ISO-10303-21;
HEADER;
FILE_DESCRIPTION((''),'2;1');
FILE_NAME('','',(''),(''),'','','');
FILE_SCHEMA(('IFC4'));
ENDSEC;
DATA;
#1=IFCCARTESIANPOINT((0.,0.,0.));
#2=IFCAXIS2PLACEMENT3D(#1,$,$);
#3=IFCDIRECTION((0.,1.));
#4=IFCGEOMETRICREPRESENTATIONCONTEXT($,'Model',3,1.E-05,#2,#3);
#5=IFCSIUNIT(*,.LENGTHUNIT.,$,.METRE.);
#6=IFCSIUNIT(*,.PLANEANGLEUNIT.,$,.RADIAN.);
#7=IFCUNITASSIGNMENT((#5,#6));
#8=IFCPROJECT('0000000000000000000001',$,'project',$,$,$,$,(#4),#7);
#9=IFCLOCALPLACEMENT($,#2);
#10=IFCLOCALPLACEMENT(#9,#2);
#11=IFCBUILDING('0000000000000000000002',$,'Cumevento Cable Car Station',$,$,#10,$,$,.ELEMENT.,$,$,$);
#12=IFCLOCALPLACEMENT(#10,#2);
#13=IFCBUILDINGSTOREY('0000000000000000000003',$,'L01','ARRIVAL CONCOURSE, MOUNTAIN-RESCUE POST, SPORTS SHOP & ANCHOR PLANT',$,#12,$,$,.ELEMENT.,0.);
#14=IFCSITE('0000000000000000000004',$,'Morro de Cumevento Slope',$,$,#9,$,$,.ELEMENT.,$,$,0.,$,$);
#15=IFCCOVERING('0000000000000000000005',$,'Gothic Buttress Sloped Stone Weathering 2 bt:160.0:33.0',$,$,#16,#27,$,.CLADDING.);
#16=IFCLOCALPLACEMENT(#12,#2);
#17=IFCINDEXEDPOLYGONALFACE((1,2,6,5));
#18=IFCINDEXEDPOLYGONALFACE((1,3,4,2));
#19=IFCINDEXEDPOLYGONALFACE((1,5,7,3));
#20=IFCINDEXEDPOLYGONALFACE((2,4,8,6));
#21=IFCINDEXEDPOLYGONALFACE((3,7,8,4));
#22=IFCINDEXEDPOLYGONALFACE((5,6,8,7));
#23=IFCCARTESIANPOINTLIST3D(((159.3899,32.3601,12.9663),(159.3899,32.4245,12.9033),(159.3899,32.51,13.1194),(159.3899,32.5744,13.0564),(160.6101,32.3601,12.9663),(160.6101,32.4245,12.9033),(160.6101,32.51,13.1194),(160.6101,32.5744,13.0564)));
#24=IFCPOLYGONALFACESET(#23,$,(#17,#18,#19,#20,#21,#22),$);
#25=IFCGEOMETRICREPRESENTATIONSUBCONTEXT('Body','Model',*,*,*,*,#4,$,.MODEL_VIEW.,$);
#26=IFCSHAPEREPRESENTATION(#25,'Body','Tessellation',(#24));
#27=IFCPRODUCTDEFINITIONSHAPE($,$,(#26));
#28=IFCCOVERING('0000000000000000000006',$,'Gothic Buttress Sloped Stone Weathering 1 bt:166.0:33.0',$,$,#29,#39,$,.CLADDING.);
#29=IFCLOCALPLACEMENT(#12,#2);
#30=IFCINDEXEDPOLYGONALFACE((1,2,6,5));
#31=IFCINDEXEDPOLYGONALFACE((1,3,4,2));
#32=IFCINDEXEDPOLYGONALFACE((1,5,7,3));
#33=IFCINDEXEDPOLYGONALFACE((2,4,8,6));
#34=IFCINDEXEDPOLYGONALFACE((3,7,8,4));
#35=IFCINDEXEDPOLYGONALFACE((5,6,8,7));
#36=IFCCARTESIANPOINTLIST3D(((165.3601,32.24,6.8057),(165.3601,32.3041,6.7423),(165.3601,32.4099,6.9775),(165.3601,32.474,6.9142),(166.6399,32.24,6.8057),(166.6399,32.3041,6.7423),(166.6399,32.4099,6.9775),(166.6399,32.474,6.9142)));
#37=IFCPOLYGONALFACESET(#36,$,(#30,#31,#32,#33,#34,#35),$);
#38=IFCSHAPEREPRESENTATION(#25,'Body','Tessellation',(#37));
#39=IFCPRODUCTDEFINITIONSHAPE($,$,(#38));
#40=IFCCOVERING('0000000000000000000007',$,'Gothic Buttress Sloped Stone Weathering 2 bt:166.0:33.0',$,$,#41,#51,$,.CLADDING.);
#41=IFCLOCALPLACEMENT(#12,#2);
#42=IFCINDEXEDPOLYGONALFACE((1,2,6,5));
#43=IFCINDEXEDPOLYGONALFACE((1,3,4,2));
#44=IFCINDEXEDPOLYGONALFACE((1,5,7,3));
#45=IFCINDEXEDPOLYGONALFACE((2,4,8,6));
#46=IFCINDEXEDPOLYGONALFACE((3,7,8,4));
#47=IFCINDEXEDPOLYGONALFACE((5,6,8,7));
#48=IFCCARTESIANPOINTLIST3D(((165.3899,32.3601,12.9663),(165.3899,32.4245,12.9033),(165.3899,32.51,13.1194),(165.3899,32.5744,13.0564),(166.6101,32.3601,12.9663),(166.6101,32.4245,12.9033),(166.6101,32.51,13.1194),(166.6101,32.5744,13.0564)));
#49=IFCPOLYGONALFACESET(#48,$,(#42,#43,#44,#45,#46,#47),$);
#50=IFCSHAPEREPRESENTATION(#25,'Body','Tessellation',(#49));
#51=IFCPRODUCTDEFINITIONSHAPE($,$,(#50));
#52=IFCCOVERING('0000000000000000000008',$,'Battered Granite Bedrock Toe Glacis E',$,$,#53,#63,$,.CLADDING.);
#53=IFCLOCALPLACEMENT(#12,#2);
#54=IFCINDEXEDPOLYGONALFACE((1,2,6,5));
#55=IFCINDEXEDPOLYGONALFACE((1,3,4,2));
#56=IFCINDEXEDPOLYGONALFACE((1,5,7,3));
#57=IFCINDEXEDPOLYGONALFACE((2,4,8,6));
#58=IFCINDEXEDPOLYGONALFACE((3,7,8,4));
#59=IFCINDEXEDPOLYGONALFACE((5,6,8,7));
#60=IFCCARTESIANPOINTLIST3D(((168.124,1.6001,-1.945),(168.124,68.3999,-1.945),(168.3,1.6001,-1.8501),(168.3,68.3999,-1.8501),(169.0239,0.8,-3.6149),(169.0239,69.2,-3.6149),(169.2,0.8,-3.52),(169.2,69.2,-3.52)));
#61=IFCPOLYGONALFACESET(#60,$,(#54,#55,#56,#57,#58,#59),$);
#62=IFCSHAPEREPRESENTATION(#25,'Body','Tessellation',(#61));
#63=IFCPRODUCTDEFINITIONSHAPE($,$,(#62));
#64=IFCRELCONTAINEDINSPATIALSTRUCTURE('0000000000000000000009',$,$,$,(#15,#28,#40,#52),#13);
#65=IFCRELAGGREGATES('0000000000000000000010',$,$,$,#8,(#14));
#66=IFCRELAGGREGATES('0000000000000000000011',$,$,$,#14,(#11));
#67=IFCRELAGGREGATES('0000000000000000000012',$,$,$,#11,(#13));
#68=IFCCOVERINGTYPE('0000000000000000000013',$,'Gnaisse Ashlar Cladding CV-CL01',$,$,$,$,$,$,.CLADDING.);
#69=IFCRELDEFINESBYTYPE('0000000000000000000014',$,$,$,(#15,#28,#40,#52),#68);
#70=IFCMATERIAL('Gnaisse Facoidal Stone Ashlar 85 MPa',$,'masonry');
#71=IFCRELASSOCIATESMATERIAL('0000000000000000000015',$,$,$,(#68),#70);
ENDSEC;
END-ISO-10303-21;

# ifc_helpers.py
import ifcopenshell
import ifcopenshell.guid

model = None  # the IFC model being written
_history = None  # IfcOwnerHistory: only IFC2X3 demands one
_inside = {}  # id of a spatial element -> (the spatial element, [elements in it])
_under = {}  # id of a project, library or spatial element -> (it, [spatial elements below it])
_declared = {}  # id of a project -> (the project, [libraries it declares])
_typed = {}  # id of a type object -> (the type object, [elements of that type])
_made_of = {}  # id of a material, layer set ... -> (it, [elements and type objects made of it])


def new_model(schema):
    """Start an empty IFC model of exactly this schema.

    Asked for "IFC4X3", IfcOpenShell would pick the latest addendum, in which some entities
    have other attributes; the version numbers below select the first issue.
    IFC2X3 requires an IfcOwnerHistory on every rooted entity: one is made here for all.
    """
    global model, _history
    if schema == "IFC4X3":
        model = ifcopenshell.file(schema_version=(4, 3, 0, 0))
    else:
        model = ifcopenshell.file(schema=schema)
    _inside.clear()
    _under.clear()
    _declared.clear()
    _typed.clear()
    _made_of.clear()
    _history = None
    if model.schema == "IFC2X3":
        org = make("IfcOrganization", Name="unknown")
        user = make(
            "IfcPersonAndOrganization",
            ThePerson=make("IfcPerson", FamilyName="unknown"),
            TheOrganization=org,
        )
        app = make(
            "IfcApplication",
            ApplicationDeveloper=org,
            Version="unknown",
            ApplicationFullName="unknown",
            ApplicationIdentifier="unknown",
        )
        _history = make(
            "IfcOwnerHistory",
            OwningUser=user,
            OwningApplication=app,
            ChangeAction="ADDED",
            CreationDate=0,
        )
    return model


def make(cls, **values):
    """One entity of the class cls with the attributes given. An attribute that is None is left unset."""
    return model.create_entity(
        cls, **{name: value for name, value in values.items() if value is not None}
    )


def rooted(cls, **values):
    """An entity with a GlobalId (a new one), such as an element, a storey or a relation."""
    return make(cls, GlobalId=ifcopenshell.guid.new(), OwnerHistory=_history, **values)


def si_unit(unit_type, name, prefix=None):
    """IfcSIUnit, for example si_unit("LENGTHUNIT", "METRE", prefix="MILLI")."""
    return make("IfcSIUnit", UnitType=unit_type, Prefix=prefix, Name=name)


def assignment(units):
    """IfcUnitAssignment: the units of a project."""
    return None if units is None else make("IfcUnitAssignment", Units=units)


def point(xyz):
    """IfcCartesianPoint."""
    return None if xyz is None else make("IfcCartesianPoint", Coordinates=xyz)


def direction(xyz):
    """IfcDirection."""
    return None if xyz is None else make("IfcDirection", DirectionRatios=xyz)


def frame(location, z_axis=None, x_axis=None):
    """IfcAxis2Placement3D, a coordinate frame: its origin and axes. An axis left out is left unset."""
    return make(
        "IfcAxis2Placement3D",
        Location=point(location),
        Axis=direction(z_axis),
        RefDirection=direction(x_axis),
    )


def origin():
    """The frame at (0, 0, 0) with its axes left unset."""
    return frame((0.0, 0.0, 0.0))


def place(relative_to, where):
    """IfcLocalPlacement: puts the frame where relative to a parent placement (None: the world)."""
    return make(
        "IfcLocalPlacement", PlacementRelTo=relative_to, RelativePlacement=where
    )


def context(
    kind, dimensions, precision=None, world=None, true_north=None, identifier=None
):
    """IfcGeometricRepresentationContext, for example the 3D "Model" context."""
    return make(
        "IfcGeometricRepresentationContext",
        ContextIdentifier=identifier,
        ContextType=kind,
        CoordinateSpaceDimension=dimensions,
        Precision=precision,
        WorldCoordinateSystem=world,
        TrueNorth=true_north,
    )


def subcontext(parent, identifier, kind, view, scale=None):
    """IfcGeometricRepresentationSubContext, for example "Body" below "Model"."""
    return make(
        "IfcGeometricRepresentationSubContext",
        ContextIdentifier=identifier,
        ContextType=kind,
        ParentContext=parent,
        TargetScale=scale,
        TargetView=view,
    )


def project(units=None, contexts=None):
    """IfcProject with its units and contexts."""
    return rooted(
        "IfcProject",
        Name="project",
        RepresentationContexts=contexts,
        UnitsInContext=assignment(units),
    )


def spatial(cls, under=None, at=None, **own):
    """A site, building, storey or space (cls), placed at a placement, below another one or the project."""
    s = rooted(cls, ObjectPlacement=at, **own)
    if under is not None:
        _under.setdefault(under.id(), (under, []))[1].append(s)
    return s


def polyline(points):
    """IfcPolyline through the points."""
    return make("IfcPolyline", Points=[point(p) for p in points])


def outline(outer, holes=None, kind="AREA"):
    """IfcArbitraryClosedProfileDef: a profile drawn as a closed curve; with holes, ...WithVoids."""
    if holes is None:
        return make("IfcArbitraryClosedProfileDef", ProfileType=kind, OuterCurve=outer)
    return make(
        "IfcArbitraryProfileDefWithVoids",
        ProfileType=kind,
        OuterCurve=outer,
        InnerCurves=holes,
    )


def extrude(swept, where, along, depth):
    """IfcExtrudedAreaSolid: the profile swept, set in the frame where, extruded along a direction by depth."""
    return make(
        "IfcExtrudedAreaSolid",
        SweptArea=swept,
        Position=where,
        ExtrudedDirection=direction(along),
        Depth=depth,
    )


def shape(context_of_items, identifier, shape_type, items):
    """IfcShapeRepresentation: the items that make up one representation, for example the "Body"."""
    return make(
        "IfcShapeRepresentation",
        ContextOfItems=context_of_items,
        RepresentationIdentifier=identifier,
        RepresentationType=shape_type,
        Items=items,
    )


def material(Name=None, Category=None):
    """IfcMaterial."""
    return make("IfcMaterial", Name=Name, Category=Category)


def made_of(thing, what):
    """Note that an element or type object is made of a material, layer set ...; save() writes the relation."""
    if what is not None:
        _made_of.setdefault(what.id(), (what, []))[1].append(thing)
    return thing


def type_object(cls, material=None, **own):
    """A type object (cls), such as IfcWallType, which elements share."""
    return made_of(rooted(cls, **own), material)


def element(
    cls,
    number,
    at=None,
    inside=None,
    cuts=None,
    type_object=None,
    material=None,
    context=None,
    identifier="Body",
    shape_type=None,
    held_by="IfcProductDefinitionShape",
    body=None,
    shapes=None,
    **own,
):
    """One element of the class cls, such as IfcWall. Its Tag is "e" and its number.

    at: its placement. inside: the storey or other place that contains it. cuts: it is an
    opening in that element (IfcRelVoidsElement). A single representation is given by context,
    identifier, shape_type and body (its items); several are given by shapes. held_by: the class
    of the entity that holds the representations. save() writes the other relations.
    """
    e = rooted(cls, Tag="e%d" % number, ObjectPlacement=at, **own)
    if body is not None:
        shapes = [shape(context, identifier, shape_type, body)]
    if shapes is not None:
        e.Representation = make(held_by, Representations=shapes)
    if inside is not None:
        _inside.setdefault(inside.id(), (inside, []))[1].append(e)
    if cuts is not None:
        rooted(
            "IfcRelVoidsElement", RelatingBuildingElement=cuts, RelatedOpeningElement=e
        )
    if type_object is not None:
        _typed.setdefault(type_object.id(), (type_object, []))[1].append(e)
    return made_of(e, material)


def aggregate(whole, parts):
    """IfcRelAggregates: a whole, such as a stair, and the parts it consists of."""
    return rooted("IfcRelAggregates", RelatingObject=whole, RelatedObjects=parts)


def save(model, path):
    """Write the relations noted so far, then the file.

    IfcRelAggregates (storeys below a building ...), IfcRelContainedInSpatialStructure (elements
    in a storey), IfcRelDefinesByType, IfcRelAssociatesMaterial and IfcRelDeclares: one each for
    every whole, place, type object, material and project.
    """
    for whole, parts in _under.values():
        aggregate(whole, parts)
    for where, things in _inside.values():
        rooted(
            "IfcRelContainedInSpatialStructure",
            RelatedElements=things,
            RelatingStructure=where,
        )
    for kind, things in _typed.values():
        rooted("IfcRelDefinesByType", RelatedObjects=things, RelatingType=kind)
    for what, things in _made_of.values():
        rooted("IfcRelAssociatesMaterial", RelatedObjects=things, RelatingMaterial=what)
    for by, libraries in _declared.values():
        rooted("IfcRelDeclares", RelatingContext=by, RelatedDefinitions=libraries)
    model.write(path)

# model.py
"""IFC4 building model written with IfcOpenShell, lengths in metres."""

from ifc_helpers import new_model, si_unit, direction, frame, origin, place, context, subcontext, project, spatial, polyline, outline, extrude, material, type_object, element, save


model = new_model("IFC4")

# Units and contexts
model_context = context("Model", 3, precision=1e-05, world=origin(), true_north=direction((0.0, 1.0)))
body_context = subcontext(model_context, "Body", "Model", "MODEL_VIEW")
ifc_project = project(units=[si_unit("LENGTHUNIT", "METRE"), si_unit("PLANEANGLEUNIT", "RADIAN")], contexts=[model_context])

# Site, building, storey
site_placement = place(None, origin())
site = spatial("IfcSite", under=ifc_project, at=site_placement, Name="Morro de Cumevento Slope", CompositionType="ELEMENT", RefElevation=0.0)
building_placement = place(site_placement, origin())
building = spatial("IfcBuilding", under=site, at=building_placement, Name="Cumevento Cable Car Station", CompositionType="ELEMENT")
storey_placement = place(building_placement, origin())
storey = spatial("IfcBuildingStorey", under=building, at=storey_placement, Name="L01", Description="ARRIVAL CONCOURSE, MOUNTAIN-RESCUE POST, SPORTS SHOP & ANCHOR PLANT", CompositionType="ELEMENT", Elevation=0.0)

# Coverings
ifc_material_1 = material(Name="Gnaisse Facoidal Stone Ashlar 85 MPa", Category="masonry")
covering_type = type_object("IfcCoveringType", Name="Gnaisse Ashlar Cladding CV-CL01", PredefinedType="CLADDING", material=ifc_material_1)
covering_1_placement = place(storey_placement, frame((159.3899, 32.3601, 12.9663), z_axis=(0.0, -0.714475, 0.699661), x_axis=(1.0, 0.0, 0.0)))
element("IfcCovering", 1, at=covering_1_placement, inside=storey, type_object=covering_type, Name="Gothic Buttress Sloped Stone Weathering 2 bt:160.0:33.0", PredefinedType="CLADDING", context=body_context, shape_type="SweptSolid", body=[
    extrude(outline(polyline([(0.0, 0.0), (1.2202, 0.0), (1.2202, 0.2142), (0.0, 0.2142), (0.0, 0.0)])), origin(), (0.0, 0.0, -1.0), 0.0901),
])
covering_2_placement = place(storey_placement, frame((165.3601, 32.24, 6.8057), z_axis=(0.0, -0.711136, 0.703055), x_axis=(1.0, 0.0, 0.0)))
element("IfcCovering", 2, at=covering_2_placement, inside=storey, type_object=covering_type, Name="Gothic Buttress Sloped Stone Weathering 1 bt:166.0:33.0", PredefinedType="CLADDING", context=body_context, shape_type="SweptSolid", body=[
    extrude(outline(polyline([(0.0, 0.0), (1.2798, 0.0), (1.2798, 0.2417), (0.0, 0.2417), (0.0, 0.0)])), origin(), (0.0, 0.0, -1.0), 0.0901),
])
covering_3_placement = place(storey_placement, frame((165.3899, 32.3601, 12.9663), z_axis=(0.0, -0.714475, 0.699661), x_axis=(1.0, 0.0, 0.0)))
element("IfcCovering", 3, at=covering_3_placement, inside=storey, type_object=covering_type, Name="Gothic Buttress Sloped Stone Weathering 2 bt:166.0:33.0", PredefinedType="CLADDING", context=body_context, shape_type="SweptSolid", body=[
    extrude(outline(polyline([(0.0, 0.0), (1.2202, 0.0), (1.2202, 0.2142), (0.0, 0.2142), (0.0, 0.0)])), origin(), (0.0, 0.0, -1.0), 0.0901),
])
covering_4_placement = place(storey_placement, frame((169.2, 0.8, -3.52), z_axis=(0.880314, 0.0, 0.474391), x_axis=(0.0, 1.0, 0.0)))
element("IfcCovering", 4, at=covering_4_placement, inside=storey, type_object=covering_type, Name="Battered Granite Bedrock Toe Glacis E", PredefinedType="CLADDING", context=body_context, shape_type="SweptSolid", body=[
    extrude(outline(polyline([(0.0, 0.0), (68.3999, 0.0), (67.5999, 1.897), (0.8, 1.897), (0.0, 0.0)])), origin(), (0.0, 0.0, -1.0), 0.2),
])

save(model, "model.ifc")
